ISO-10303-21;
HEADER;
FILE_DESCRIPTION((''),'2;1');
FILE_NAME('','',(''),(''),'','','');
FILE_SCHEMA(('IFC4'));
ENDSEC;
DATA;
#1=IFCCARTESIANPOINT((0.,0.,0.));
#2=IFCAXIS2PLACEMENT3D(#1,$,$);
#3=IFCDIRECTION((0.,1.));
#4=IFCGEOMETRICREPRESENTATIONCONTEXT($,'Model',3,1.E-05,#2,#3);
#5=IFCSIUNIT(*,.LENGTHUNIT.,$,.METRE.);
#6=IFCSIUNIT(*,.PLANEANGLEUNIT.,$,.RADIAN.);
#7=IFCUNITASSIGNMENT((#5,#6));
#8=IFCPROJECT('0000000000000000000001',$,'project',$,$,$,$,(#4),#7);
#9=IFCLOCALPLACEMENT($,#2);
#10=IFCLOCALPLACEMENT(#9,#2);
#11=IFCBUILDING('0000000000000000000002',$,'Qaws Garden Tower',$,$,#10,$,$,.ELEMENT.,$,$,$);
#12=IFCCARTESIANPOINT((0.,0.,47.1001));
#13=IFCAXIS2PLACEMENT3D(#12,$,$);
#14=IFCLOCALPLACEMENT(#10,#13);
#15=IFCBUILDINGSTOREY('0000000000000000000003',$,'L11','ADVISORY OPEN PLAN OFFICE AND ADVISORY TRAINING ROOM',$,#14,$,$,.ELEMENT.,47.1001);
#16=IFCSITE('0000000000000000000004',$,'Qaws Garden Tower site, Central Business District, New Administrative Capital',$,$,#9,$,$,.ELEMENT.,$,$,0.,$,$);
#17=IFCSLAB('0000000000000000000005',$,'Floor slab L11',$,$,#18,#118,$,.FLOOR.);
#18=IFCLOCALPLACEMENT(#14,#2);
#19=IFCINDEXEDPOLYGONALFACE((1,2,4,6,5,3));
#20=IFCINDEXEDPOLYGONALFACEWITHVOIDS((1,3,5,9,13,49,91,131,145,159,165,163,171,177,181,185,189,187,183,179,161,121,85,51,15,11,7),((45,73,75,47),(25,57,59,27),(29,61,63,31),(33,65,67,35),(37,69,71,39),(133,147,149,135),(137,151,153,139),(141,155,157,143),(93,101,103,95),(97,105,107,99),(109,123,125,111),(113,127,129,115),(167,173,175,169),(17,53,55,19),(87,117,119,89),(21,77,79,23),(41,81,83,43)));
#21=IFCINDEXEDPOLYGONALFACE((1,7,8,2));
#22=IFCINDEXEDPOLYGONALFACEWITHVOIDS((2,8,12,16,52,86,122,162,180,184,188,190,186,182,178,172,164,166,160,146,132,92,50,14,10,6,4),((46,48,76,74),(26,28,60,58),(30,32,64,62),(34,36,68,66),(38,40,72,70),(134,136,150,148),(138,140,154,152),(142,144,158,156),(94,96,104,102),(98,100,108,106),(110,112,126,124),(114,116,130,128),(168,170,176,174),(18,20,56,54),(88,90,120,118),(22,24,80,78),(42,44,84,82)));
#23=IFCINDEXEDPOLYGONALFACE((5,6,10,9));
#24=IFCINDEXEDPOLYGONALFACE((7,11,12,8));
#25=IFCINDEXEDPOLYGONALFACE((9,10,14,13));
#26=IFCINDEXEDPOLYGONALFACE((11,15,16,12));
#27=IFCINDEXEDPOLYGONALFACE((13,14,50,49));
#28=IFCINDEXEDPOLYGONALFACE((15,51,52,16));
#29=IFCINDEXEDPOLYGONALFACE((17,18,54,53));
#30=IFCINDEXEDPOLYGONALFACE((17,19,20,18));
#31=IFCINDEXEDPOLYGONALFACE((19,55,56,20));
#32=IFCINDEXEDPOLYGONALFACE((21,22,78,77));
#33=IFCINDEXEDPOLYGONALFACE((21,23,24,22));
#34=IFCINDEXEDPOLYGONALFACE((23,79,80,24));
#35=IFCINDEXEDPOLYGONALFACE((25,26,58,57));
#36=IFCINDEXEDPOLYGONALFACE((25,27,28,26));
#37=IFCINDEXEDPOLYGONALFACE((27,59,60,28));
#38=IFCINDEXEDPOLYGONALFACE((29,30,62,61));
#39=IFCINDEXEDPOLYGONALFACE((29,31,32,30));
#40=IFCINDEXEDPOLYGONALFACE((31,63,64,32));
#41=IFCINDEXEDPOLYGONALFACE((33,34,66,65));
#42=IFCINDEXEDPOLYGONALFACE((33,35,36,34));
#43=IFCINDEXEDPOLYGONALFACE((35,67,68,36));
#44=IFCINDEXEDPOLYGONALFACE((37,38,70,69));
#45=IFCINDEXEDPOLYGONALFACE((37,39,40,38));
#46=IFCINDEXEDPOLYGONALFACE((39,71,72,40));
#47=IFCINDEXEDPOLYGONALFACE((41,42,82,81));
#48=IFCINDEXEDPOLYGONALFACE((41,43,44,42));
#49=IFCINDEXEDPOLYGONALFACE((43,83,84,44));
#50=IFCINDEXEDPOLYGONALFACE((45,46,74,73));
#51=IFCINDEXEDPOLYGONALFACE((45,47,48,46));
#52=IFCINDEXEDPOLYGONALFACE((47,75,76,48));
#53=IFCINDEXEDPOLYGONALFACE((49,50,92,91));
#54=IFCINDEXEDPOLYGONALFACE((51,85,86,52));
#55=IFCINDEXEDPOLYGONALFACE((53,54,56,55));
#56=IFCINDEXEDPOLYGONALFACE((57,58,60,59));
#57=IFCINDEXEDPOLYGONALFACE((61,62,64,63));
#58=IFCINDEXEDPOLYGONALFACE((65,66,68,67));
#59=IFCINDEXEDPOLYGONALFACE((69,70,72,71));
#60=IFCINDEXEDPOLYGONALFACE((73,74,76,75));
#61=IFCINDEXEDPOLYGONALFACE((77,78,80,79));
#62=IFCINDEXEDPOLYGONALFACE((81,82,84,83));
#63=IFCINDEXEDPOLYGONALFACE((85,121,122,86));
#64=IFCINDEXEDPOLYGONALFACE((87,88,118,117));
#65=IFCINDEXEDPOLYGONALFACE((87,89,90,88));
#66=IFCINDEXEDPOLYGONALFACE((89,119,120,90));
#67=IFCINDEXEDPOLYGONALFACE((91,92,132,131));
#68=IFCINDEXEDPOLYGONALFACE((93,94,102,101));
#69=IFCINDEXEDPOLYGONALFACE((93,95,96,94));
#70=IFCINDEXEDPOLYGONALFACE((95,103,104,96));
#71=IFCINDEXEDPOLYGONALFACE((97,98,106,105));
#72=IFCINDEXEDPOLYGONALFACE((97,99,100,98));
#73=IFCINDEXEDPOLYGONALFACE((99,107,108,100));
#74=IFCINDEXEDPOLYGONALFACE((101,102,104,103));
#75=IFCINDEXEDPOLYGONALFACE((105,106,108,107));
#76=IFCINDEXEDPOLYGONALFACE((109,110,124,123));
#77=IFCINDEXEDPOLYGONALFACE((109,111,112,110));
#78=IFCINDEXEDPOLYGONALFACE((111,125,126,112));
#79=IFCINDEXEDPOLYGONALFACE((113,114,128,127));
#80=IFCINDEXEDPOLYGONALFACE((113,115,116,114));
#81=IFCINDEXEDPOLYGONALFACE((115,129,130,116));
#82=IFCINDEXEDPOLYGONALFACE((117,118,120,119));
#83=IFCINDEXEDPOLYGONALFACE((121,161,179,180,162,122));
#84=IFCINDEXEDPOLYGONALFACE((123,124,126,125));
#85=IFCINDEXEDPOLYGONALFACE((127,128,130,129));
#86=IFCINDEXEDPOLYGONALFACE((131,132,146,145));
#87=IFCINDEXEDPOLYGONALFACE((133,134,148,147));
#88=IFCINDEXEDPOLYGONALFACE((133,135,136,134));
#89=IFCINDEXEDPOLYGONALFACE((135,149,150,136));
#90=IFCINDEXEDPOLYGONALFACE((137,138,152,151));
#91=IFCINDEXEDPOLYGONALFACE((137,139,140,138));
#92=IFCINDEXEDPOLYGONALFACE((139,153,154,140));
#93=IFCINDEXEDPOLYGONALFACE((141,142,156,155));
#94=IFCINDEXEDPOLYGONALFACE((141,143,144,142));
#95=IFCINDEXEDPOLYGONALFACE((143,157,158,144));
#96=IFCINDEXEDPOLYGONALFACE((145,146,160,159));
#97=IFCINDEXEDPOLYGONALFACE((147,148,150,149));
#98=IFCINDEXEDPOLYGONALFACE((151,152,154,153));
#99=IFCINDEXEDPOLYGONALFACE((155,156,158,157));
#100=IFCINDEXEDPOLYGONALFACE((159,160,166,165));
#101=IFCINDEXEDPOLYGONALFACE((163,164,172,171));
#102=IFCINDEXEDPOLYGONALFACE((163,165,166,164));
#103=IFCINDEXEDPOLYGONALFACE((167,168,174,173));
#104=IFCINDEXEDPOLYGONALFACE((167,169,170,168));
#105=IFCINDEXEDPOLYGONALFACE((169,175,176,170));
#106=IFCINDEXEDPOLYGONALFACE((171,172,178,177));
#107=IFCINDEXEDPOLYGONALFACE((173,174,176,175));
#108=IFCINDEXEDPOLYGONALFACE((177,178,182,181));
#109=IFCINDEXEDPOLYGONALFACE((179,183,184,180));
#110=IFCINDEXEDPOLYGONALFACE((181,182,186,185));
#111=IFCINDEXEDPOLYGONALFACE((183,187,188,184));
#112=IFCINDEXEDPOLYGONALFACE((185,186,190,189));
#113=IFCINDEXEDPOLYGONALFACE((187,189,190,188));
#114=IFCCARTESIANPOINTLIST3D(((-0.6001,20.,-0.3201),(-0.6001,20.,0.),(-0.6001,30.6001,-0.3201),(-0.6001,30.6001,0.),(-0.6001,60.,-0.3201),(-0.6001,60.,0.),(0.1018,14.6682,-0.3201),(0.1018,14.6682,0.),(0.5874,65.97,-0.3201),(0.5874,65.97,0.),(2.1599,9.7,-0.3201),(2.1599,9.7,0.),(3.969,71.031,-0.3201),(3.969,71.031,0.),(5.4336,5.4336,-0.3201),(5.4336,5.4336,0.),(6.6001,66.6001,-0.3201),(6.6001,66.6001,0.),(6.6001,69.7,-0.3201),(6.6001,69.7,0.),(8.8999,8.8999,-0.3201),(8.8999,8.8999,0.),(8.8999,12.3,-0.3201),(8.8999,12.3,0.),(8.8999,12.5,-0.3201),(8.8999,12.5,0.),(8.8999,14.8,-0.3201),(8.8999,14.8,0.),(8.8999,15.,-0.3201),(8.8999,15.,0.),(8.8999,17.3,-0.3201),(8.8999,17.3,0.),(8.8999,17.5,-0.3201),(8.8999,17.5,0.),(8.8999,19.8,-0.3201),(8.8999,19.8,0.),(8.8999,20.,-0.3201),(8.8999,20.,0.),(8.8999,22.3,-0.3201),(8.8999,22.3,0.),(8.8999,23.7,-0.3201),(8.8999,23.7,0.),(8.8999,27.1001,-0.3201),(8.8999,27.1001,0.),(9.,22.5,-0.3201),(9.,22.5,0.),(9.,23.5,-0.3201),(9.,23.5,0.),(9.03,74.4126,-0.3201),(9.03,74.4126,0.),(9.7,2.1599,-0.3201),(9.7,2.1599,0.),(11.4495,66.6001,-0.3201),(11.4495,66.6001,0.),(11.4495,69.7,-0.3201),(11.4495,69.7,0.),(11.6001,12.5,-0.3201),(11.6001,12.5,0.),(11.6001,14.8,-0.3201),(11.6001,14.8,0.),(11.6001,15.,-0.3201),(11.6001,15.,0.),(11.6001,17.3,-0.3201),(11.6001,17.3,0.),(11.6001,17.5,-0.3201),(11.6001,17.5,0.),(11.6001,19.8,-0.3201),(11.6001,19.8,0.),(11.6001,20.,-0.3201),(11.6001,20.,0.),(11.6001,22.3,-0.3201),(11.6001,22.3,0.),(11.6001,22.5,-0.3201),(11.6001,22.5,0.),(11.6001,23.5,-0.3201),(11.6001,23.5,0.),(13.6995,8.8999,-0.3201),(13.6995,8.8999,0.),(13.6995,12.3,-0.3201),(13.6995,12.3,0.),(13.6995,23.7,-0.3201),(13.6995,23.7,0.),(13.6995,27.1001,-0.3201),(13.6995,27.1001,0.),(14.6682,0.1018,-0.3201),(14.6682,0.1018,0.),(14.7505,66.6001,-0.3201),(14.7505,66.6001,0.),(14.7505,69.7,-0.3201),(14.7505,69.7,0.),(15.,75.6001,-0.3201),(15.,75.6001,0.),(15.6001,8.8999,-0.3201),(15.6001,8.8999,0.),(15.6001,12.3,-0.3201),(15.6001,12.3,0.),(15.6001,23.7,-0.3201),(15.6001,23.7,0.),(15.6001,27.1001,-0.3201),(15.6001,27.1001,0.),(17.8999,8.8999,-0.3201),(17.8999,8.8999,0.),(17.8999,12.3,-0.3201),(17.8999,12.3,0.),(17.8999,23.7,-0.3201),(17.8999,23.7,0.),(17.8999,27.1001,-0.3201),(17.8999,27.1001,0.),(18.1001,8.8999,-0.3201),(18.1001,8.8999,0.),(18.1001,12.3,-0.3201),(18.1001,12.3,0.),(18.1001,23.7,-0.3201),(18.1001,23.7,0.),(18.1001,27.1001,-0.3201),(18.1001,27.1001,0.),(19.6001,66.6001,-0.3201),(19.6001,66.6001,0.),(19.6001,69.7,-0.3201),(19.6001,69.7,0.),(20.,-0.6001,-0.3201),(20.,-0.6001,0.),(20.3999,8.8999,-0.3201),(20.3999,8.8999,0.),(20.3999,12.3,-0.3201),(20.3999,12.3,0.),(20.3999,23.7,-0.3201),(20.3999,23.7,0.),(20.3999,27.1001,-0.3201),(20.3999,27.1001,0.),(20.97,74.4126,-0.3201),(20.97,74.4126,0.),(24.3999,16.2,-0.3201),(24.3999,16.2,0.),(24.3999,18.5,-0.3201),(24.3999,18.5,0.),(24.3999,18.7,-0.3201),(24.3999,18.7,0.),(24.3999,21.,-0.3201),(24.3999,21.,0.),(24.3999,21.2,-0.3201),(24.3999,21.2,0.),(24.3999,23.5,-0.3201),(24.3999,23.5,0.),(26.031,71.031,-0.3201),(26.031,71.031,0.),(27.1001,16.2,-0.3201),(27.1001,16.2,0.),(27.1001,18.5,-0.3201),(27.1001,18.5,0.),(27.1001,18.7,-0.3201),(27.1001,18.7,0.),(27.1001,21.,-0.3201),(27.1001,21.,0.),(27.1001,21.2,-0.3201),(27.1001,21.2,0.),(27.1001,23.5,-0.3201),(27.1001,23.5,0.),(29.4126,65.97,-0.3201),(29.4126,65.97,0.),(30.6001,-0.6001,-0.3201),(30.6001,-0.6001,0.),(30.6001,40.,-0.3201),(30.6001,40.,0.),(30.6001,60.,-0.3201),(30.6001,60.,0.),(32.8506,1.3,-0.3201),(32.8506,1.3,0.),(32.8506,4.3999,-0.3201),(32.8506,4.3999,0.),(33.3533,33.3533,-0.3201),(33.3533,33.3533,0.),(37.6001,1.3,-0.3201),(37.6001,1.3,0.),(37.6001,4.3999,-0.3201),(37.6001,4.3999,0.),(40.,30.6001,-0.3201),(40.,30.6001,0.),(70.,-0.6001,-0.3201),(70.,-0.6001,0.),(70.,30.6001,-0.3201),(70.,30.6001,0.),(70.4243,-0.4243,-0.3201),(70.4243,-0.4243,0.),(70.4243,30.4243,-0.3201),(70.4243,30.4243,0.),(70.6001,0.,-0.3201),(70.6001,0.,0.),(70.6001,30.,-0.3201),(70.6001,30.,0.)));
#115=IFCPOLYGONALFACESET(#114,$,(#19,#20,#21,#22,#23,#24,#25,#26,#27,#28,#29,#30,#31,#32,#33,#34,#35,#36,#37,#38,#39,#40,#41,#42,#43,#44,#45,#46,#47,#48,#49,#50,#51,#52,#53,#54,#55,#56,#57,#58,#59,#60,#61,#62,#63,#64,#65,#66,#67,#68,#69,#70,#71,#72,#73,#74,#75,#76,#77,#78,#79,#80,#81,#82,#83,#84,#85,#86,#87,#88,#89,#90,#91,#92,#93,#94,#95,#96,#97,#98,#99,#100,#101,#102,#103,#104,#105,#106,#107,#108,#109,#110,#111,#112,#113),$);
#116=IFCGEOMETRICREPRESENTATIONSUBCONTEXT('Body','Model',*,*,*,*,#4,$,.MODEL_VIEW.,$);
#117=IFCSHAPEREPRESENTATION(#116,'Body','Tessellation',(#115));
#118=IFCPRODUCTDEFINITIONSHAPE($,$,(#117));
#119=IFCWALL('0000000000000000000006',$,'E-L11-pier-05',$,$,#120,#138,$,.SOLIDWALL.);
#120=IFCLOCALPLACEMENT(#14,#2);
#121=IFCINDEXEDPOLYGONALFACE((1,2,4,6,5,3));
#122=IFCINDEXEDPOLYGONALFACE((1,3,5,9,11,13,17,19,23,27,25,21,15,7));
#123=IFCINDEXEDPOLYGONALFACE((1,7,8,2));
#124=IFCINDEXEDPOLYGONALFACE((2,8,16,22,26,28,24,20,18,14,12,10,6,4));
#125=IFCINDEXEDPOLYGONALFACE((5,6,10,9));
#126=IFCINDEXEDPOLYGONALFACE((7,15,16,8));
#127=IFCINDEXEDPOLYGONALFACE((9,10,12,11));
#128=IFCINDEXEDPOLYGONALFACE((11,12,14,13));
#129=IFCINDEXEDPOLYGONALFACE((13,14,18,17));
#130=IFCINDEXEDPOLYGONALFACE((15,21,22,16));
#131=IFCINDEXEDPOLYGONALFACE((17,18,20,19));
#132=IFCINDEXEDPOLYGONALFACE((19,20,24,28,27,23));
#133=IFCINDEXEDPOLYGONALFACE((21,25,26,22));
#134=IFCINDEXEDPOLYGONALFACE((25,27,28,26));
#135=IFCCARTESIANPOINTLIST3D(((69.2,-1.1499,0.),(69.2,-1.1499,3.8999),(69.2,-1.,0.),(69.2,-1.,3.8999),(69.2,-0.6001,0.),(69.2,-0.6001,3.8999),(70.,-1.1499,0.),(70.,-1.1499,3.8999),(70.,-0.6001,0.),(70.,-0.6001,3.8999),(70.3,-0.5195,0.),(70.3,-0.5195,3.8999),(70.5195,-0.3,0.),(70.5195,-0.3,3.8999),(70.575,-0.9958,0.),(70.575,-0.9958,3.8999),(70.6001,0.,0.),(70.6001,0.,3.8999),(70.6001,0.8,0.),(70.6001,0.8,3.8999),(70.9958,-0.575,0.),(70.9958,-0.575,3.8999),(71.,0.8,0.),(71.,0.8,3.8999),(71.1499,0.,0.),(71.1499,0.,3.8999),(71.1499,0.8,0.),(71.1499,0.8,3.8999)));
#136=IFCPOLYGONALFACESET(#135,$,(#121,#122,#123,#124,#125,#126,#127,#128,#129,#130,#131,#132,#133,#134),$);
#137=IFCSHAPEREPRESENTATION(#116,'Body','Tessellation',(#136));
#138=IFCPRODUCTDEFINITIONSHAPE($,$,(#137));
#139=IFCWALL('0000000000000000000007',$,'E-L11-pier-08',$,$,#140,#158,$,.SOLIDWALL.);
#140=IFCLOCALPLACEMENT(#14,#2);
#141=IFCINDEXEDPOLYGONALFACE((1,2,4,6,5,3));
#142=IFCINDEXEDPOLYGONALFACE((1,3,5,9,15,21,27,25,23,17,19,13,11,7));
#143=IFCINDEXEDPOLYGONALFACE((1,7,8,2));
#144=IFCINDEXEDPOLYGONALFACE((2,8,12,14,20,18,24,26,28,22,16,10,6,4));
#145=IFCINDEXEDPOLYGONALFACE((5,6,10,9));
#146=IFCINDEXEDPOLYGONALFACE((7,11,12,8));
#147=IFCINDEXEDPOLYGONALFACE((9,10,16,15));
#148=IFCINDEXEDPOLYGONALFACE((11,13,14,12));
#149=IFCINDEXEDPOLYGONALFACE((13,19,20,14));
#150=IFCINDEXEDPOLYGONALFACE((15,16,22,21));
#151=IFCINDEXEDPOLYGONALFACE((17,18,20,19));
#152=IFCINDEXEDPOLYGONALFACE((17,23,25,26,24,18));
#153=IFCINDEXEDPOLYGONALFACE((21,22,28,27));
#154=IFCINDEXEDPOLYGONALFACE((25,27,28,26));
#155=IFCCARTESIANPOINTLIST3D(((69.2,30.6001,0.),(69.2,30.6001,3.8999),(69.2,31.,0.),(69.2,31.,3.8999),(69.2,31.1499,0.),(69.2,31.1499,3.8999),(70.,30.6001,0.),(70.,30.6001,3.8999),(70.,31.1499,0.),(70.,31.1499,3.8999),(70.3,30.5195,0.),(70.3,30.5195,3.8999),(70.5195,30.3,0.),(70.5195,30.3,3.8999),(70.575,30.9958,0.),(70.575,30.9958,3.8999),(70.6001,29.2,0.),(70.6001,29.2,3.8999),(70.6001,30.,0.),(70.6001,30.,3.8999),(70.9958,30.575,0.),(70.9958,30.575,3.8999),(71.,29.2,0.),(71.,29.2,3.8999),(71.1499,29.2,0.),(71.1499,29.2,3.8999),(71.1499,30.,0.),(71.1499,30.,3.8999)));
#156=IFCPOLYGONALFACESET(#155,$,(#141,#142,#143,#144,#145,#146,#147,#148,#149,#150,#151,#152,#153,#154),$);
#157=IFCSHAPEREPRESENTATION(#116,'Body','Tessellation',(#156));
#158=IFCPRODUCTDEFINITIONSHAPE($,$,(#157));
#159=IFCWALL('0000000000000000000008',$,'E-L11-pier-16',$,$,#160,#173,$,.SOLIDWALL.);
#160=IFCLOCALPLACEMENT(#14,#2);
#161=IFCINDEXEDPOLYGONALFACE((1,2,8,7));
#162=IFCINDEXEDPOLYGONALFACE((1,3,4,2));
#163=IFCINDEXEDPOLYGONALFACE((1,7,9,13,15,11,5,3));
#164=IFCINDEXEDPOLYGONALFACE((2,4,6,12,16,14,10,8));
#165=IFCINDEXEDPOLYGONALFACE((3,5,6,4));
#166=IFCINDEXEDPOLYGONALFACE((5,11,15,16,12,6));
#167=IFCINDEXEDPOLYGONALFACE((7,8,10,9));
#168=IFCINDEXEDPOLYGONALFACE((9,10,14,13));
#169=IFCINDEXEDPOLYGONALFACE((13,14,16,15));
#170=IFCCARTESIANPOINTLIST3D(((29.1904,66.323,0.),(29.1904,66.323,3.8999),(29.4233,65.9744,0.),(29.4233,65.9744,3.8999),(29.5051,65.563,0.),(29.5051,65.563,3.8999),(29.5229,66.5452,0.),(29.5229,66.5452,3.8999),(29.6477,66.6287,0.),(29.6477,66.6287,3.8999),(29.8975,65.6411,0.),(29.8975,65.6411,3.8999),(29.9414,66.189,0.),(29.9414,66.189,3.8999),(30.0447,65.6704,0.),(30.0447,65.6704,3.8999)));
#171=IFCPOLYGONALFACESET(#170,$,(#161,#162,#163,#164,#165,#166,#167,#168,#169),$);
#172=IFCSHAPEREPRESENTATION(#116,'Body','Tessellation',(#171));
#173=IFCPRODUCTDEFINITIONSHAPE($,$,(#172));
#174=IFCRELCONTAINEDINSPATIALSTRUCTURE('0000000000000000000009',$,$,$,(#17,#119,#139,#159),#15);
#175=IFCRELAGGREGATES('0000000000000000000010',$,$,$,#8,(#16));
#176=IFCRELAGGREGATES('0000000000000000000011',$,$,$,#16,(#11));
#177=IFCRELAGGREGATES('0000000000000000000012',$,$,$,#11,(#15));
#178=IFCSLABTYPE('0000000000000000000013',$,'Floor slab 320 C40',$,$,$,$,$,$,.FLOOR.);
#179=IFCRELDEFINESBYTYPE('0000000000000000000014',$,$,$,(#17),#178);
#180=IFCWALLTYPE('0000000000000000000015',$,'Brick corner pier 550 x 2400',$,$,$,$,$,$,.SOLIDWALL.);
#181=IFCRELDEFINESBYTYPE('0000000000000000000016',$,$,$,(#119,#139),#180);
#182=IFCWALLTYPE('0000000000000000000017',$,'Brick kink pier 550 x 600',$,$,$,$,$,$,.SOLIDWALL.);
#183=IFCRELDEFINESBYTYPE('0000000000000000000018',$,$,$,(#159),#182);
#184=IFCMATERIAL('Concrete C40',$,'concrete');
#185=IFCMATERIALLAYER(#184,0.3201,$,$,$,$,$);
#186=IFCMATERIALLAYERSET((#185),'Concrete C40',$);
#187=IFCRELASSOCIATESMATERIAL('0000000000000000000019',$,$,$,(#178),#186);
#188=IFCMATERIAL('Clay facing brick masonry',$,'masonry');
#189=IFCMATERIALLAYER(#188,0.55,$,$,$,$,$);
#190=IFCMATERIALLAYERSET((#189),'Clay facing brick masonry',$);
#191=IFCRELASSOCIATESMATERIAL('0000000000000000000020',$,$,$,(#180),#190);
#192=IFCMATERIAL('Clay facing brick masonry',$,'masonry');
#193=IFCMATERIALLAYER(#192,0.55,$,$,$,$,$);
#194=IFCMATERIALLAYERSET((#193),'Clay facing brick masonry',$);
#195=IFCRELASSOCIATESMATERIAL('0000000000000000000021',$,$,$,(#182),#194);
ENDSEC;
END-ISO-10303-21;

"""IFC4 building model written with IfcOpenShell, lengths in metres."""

from ifc_helpers import new_model, si_unit, direction, frame, origin, place, context, subcontext, project, spatial, polyline, outline, extrude, material, layer, layer_set, type_object, element, save


model = new_model("IFC4")

# Units and contexts
model_context = context("Model", 3, precision=1e-05, world=origin(), true_north=direction((0.0, 1.0)))
body_context = subcontext(model_context, "Body", "Model", "MODEL_VIEW")
ifc_project = project(units=[si_unit("LENGTHUNIT", "METRE"), si_unit("PLANEANGLEUNIT", "RADIAN")], contexts=[model_context])

# Site, building, storey
site_placement = place(None, origin())
site = spatial("IfcSite", under=ifc_project, at=site_placement, Name="Qaws Garden Tower site, Central Business District, New Administrative Capital", CompositionType="ELEMENT", RefElevation=0.0)
building_placement = place(site_placement, origin())
building = spatial("IfcBuilding", under=site, at=building_placement, Name="Qaws Garden Tower", CompositionType="ELEMENT")
storey_placement = place(building_placement, frame((0.0, 0.0, 47.1001)))
storey = spatial("IfcBuildingStorey", under=building, at=storey_placement, Name="L11", Description="ADVISORY OPEN PLAN OFFICE AND ADVISORY TRAINING ROOM", CompositionType="ELEMENT", Elevation=47.1001)

# Slab
ifc_material_1 = material(Name="Concrete C40", Category="concrete")
ifc_layer_1 = layer(ifc_material_1, 0.3201)
ifc_layer_set_1 = layer_set([ifc_layer_1], Name="Concrete C40")
slab_type = type_object("IfcSlabType", Name="Floor slab 320 C40", PredefinedType="FLOOR", material=ifc_layer_set_1)
slab_placement = place(storey_placement, frame((0.0, 0.0, -0.3201)))
element("IfcSlab", 1, at=slab_placement, inside=storey, type_object=slab_type, Name="Floor slab L11", PredefinedType="FLOOR", context=body_context, shape_type="SweptSolid", body=[
    extrude(outline(polyline([(0.1018, 14.6682), (-0.6001, 20.0), (-0.6001, 30.6001), (-0.6001, 60.0), (-0.6001, 60.0), (0.5874, 65.97), (3.969, 71.031), (9.03, 74.4126), (15.0, 75.6001), (20.97, 74.4126), (26.031, 71.031), (29.4126, 65.97), (30.6001, 60.0), (30.6001, 40.0), (33.3533, 33.3533), (40.0, 30.6001), (70.0, 30.6001), (70.4243, 30.4243), (70.6001, 30.0), (70.6001, 0.0), (70.4243, -0.4243), (70.0, -0.6001), (30.6001, -0.6001), (20.0, -0.6001), (14.6682, 0.1018), (9.7, 2.1599), (5.4336, 5.4336), (2.1599, 9.7), (0.1018, 14.6682)]), holes=[polyline([(13.6995, 12.3), (8.8999, 12.3), (8.8999, 8.8999), (13.6995, 8.8999), (13.6995, 12.3)]), polyline([(17.8999, 12.3), (15.6001, 12.3), (15.6001, 8.8999), (17.8999, 8.8999), (17.8999, 12.3)]), polyline([(11.6001, 14.8), (8.8999, 14.8), (8.8999, 12.5), (11.6001, 12.5), (11.6001, 14.8)]), polyline([(11.6001, 17.3), (8.8999, 17.3), (8.8999, 15.0), (11.6001, 15.0), (11.6001, 17.3)]), polyline([(11.6001, 19.8), (8.8999, 19.8), (8.8999, 17.5), (11.6001, 17.5), (11.6001, 19.8)]), polyline([(11.6001, 22.3), (8.8999, 22.3), (8.8999, 20.0), (11.6001, 20.0), (11.6001, 22.3)]), polyline([(11.6001, 23.5), (9.0, 23.5), (9.0, 22.5), (11.6001, 22.5), (11.6001, 23.5)]), polyline([(13.6995, 27.1001), (8.8999, 27.1001), (8.8999, 23.7), (13.6995, 23.7), (13.6995, 27.1001)]), polyline([(11.4495, 69.7), (6.6001, 69.7), (6.6001, 66.6001), (11.4495, 66.6001), (11.4495, 69.7)]), polyline([(37.6001, 4.3999), (32.8506, 4.3999), (32.8506, 1.3), (37.6001, 1.3), (37.6001, 4.3999)]), polyline([(20.3999, 12.3), (18.1001, 12.3), (18.1001, 8.8999), (20.3999, 8.8999), (20.3999, 12.3)]), polyline([(27.1001, 18.5), (24.3999, 18.5), (24.3999, 16.2), (27.1001, 16.2), (27.1001, 18.5)]), polyline([(27.1001, 21.0), (24.3999, 21.0), (24.3999, 18.7), (27.1001, 18.7), (27.1001, 21.0)]), polyline([(27.1001, 23.5), (24.3999, 23.5), (24.3999, 21.2), (27.1001, 21.2), (27.1001, 23.5)]), polyline([(17.8999, 27.1001), (15.6001, 27.1001), (15.6001, 23.7), (17.8999, 23.7), (17.8999, 27.1001)]), polyline([(20.3999, 23.7), (20.3999, 27.1001), (18.1001, 27.1001), (18.1001, 23.7), (20.3999, 23.7)]), polyline([(19.6001, 66.6001), (19.6001, 69.7), (14.7505, 69.7), (14.7505, 66.6001), (19.6001, 66.6001)])]), origin(), (0.0, 0.0, 1.0), 0.3201),
])

# Walls
ifc_material_2 = material(Name="Clay facing brick masonry", Category="masonry")
ifc_layer_2 = layer(ifc_material_2, 0.55)
ifc_layer_set_2 = layer_set([ifc_layer_2], Name="Clay facing brick masonry")
wall_type_1 = type_object("IfcWallType", Name="Brick corner pier 550 x 2400", PredefinedType="SOLIDWALL", material=ifc_layer_set_2)
placement = place(storey_placement, origin())
element("IfcWall", 2, at=placement, inside=storey, type_object=wall_type_1, Name="E-L11-pier-05", PredefinedType="SOLIDWALL", context=body_context, shape_type="SweptSolid", body=[
    extrude(outline(polyline([(69.2, -1.0), (69.2, -1.1499), (70.0, -1.1499), (70.575, -0.9958), (70.9958, -0.575), (71.1499, 0.0), (71.1499, 0.8), (71.0, 0.8), (70.6001, 0.8), (70.6001, 0.0), (70.5195, -0.3), (70.3, -0.5195), (70.0, -0.6001), (69.2, -0.6001), (69.2, -1.0)])), origin(), (0.0, 0.0, 1.0), 3.8999),
])
element("IfcWall", 3, at=placement, inside=storey, type_object=wall_type_1, Name="E-L11-pier-08", PredefinedType="SOLIDWALL", context=body_context, shape_type="SweptSolid", body=[
    extrude(outline(polyline([(71.0, 29.2), (71.1499, 29.2), (71.1499, 30.0), (70.9958, 30.575), (70.575, 30.9958), (70.0, 31.1499), (69.2, 31.1499), (69.2, 31.0), (69.2, 30.6001), (70.0, 30.6001), (70.3, 30.5195), (70.5195, 30.3), (70.6001, 30.0), (70.6001, 29.2), (71.0, 29.2)])), origin(), (0.0, 0.0, 1.0), 3.8999),
])
ifc_material_3 = material(Name="Clay facing brick masonry", Category="masonry")
ifc_layer_3 = layer(ifc_material_3, 0.55)
ifc_layer_set_3 = layer_set([ifc_layer_3], Name="Clay facing brick masonry")
wall_type_2 = type_object("IfcWallType", Name="Brick kink pier 550 x 600", PredefinedType="SOLIDWALL", material=ifc_layer_set_3)
element("IfcWall", 4, at=placement, inside=storey, type_object=wall_type_2, Name="E-L11-pier-16", PredefinedType="SOLIDWALL", context=body_context, shape_type="SweptSolid", body=[
    extrude(outline(polyline([(29.8975, 65.6411), (30.0447, 65.6704), (29.9414, 66.189), (29.6477, 66.6287), (29.5229, 66.5452), (29.1904, 66.323), (29.4233, 65.9744), (29.5051, 65.563), (29.8975, 65.6411)])), origin(), (0.0, 0.0, 1.0), 3.8999),
])

save(model, "model.ifc")
